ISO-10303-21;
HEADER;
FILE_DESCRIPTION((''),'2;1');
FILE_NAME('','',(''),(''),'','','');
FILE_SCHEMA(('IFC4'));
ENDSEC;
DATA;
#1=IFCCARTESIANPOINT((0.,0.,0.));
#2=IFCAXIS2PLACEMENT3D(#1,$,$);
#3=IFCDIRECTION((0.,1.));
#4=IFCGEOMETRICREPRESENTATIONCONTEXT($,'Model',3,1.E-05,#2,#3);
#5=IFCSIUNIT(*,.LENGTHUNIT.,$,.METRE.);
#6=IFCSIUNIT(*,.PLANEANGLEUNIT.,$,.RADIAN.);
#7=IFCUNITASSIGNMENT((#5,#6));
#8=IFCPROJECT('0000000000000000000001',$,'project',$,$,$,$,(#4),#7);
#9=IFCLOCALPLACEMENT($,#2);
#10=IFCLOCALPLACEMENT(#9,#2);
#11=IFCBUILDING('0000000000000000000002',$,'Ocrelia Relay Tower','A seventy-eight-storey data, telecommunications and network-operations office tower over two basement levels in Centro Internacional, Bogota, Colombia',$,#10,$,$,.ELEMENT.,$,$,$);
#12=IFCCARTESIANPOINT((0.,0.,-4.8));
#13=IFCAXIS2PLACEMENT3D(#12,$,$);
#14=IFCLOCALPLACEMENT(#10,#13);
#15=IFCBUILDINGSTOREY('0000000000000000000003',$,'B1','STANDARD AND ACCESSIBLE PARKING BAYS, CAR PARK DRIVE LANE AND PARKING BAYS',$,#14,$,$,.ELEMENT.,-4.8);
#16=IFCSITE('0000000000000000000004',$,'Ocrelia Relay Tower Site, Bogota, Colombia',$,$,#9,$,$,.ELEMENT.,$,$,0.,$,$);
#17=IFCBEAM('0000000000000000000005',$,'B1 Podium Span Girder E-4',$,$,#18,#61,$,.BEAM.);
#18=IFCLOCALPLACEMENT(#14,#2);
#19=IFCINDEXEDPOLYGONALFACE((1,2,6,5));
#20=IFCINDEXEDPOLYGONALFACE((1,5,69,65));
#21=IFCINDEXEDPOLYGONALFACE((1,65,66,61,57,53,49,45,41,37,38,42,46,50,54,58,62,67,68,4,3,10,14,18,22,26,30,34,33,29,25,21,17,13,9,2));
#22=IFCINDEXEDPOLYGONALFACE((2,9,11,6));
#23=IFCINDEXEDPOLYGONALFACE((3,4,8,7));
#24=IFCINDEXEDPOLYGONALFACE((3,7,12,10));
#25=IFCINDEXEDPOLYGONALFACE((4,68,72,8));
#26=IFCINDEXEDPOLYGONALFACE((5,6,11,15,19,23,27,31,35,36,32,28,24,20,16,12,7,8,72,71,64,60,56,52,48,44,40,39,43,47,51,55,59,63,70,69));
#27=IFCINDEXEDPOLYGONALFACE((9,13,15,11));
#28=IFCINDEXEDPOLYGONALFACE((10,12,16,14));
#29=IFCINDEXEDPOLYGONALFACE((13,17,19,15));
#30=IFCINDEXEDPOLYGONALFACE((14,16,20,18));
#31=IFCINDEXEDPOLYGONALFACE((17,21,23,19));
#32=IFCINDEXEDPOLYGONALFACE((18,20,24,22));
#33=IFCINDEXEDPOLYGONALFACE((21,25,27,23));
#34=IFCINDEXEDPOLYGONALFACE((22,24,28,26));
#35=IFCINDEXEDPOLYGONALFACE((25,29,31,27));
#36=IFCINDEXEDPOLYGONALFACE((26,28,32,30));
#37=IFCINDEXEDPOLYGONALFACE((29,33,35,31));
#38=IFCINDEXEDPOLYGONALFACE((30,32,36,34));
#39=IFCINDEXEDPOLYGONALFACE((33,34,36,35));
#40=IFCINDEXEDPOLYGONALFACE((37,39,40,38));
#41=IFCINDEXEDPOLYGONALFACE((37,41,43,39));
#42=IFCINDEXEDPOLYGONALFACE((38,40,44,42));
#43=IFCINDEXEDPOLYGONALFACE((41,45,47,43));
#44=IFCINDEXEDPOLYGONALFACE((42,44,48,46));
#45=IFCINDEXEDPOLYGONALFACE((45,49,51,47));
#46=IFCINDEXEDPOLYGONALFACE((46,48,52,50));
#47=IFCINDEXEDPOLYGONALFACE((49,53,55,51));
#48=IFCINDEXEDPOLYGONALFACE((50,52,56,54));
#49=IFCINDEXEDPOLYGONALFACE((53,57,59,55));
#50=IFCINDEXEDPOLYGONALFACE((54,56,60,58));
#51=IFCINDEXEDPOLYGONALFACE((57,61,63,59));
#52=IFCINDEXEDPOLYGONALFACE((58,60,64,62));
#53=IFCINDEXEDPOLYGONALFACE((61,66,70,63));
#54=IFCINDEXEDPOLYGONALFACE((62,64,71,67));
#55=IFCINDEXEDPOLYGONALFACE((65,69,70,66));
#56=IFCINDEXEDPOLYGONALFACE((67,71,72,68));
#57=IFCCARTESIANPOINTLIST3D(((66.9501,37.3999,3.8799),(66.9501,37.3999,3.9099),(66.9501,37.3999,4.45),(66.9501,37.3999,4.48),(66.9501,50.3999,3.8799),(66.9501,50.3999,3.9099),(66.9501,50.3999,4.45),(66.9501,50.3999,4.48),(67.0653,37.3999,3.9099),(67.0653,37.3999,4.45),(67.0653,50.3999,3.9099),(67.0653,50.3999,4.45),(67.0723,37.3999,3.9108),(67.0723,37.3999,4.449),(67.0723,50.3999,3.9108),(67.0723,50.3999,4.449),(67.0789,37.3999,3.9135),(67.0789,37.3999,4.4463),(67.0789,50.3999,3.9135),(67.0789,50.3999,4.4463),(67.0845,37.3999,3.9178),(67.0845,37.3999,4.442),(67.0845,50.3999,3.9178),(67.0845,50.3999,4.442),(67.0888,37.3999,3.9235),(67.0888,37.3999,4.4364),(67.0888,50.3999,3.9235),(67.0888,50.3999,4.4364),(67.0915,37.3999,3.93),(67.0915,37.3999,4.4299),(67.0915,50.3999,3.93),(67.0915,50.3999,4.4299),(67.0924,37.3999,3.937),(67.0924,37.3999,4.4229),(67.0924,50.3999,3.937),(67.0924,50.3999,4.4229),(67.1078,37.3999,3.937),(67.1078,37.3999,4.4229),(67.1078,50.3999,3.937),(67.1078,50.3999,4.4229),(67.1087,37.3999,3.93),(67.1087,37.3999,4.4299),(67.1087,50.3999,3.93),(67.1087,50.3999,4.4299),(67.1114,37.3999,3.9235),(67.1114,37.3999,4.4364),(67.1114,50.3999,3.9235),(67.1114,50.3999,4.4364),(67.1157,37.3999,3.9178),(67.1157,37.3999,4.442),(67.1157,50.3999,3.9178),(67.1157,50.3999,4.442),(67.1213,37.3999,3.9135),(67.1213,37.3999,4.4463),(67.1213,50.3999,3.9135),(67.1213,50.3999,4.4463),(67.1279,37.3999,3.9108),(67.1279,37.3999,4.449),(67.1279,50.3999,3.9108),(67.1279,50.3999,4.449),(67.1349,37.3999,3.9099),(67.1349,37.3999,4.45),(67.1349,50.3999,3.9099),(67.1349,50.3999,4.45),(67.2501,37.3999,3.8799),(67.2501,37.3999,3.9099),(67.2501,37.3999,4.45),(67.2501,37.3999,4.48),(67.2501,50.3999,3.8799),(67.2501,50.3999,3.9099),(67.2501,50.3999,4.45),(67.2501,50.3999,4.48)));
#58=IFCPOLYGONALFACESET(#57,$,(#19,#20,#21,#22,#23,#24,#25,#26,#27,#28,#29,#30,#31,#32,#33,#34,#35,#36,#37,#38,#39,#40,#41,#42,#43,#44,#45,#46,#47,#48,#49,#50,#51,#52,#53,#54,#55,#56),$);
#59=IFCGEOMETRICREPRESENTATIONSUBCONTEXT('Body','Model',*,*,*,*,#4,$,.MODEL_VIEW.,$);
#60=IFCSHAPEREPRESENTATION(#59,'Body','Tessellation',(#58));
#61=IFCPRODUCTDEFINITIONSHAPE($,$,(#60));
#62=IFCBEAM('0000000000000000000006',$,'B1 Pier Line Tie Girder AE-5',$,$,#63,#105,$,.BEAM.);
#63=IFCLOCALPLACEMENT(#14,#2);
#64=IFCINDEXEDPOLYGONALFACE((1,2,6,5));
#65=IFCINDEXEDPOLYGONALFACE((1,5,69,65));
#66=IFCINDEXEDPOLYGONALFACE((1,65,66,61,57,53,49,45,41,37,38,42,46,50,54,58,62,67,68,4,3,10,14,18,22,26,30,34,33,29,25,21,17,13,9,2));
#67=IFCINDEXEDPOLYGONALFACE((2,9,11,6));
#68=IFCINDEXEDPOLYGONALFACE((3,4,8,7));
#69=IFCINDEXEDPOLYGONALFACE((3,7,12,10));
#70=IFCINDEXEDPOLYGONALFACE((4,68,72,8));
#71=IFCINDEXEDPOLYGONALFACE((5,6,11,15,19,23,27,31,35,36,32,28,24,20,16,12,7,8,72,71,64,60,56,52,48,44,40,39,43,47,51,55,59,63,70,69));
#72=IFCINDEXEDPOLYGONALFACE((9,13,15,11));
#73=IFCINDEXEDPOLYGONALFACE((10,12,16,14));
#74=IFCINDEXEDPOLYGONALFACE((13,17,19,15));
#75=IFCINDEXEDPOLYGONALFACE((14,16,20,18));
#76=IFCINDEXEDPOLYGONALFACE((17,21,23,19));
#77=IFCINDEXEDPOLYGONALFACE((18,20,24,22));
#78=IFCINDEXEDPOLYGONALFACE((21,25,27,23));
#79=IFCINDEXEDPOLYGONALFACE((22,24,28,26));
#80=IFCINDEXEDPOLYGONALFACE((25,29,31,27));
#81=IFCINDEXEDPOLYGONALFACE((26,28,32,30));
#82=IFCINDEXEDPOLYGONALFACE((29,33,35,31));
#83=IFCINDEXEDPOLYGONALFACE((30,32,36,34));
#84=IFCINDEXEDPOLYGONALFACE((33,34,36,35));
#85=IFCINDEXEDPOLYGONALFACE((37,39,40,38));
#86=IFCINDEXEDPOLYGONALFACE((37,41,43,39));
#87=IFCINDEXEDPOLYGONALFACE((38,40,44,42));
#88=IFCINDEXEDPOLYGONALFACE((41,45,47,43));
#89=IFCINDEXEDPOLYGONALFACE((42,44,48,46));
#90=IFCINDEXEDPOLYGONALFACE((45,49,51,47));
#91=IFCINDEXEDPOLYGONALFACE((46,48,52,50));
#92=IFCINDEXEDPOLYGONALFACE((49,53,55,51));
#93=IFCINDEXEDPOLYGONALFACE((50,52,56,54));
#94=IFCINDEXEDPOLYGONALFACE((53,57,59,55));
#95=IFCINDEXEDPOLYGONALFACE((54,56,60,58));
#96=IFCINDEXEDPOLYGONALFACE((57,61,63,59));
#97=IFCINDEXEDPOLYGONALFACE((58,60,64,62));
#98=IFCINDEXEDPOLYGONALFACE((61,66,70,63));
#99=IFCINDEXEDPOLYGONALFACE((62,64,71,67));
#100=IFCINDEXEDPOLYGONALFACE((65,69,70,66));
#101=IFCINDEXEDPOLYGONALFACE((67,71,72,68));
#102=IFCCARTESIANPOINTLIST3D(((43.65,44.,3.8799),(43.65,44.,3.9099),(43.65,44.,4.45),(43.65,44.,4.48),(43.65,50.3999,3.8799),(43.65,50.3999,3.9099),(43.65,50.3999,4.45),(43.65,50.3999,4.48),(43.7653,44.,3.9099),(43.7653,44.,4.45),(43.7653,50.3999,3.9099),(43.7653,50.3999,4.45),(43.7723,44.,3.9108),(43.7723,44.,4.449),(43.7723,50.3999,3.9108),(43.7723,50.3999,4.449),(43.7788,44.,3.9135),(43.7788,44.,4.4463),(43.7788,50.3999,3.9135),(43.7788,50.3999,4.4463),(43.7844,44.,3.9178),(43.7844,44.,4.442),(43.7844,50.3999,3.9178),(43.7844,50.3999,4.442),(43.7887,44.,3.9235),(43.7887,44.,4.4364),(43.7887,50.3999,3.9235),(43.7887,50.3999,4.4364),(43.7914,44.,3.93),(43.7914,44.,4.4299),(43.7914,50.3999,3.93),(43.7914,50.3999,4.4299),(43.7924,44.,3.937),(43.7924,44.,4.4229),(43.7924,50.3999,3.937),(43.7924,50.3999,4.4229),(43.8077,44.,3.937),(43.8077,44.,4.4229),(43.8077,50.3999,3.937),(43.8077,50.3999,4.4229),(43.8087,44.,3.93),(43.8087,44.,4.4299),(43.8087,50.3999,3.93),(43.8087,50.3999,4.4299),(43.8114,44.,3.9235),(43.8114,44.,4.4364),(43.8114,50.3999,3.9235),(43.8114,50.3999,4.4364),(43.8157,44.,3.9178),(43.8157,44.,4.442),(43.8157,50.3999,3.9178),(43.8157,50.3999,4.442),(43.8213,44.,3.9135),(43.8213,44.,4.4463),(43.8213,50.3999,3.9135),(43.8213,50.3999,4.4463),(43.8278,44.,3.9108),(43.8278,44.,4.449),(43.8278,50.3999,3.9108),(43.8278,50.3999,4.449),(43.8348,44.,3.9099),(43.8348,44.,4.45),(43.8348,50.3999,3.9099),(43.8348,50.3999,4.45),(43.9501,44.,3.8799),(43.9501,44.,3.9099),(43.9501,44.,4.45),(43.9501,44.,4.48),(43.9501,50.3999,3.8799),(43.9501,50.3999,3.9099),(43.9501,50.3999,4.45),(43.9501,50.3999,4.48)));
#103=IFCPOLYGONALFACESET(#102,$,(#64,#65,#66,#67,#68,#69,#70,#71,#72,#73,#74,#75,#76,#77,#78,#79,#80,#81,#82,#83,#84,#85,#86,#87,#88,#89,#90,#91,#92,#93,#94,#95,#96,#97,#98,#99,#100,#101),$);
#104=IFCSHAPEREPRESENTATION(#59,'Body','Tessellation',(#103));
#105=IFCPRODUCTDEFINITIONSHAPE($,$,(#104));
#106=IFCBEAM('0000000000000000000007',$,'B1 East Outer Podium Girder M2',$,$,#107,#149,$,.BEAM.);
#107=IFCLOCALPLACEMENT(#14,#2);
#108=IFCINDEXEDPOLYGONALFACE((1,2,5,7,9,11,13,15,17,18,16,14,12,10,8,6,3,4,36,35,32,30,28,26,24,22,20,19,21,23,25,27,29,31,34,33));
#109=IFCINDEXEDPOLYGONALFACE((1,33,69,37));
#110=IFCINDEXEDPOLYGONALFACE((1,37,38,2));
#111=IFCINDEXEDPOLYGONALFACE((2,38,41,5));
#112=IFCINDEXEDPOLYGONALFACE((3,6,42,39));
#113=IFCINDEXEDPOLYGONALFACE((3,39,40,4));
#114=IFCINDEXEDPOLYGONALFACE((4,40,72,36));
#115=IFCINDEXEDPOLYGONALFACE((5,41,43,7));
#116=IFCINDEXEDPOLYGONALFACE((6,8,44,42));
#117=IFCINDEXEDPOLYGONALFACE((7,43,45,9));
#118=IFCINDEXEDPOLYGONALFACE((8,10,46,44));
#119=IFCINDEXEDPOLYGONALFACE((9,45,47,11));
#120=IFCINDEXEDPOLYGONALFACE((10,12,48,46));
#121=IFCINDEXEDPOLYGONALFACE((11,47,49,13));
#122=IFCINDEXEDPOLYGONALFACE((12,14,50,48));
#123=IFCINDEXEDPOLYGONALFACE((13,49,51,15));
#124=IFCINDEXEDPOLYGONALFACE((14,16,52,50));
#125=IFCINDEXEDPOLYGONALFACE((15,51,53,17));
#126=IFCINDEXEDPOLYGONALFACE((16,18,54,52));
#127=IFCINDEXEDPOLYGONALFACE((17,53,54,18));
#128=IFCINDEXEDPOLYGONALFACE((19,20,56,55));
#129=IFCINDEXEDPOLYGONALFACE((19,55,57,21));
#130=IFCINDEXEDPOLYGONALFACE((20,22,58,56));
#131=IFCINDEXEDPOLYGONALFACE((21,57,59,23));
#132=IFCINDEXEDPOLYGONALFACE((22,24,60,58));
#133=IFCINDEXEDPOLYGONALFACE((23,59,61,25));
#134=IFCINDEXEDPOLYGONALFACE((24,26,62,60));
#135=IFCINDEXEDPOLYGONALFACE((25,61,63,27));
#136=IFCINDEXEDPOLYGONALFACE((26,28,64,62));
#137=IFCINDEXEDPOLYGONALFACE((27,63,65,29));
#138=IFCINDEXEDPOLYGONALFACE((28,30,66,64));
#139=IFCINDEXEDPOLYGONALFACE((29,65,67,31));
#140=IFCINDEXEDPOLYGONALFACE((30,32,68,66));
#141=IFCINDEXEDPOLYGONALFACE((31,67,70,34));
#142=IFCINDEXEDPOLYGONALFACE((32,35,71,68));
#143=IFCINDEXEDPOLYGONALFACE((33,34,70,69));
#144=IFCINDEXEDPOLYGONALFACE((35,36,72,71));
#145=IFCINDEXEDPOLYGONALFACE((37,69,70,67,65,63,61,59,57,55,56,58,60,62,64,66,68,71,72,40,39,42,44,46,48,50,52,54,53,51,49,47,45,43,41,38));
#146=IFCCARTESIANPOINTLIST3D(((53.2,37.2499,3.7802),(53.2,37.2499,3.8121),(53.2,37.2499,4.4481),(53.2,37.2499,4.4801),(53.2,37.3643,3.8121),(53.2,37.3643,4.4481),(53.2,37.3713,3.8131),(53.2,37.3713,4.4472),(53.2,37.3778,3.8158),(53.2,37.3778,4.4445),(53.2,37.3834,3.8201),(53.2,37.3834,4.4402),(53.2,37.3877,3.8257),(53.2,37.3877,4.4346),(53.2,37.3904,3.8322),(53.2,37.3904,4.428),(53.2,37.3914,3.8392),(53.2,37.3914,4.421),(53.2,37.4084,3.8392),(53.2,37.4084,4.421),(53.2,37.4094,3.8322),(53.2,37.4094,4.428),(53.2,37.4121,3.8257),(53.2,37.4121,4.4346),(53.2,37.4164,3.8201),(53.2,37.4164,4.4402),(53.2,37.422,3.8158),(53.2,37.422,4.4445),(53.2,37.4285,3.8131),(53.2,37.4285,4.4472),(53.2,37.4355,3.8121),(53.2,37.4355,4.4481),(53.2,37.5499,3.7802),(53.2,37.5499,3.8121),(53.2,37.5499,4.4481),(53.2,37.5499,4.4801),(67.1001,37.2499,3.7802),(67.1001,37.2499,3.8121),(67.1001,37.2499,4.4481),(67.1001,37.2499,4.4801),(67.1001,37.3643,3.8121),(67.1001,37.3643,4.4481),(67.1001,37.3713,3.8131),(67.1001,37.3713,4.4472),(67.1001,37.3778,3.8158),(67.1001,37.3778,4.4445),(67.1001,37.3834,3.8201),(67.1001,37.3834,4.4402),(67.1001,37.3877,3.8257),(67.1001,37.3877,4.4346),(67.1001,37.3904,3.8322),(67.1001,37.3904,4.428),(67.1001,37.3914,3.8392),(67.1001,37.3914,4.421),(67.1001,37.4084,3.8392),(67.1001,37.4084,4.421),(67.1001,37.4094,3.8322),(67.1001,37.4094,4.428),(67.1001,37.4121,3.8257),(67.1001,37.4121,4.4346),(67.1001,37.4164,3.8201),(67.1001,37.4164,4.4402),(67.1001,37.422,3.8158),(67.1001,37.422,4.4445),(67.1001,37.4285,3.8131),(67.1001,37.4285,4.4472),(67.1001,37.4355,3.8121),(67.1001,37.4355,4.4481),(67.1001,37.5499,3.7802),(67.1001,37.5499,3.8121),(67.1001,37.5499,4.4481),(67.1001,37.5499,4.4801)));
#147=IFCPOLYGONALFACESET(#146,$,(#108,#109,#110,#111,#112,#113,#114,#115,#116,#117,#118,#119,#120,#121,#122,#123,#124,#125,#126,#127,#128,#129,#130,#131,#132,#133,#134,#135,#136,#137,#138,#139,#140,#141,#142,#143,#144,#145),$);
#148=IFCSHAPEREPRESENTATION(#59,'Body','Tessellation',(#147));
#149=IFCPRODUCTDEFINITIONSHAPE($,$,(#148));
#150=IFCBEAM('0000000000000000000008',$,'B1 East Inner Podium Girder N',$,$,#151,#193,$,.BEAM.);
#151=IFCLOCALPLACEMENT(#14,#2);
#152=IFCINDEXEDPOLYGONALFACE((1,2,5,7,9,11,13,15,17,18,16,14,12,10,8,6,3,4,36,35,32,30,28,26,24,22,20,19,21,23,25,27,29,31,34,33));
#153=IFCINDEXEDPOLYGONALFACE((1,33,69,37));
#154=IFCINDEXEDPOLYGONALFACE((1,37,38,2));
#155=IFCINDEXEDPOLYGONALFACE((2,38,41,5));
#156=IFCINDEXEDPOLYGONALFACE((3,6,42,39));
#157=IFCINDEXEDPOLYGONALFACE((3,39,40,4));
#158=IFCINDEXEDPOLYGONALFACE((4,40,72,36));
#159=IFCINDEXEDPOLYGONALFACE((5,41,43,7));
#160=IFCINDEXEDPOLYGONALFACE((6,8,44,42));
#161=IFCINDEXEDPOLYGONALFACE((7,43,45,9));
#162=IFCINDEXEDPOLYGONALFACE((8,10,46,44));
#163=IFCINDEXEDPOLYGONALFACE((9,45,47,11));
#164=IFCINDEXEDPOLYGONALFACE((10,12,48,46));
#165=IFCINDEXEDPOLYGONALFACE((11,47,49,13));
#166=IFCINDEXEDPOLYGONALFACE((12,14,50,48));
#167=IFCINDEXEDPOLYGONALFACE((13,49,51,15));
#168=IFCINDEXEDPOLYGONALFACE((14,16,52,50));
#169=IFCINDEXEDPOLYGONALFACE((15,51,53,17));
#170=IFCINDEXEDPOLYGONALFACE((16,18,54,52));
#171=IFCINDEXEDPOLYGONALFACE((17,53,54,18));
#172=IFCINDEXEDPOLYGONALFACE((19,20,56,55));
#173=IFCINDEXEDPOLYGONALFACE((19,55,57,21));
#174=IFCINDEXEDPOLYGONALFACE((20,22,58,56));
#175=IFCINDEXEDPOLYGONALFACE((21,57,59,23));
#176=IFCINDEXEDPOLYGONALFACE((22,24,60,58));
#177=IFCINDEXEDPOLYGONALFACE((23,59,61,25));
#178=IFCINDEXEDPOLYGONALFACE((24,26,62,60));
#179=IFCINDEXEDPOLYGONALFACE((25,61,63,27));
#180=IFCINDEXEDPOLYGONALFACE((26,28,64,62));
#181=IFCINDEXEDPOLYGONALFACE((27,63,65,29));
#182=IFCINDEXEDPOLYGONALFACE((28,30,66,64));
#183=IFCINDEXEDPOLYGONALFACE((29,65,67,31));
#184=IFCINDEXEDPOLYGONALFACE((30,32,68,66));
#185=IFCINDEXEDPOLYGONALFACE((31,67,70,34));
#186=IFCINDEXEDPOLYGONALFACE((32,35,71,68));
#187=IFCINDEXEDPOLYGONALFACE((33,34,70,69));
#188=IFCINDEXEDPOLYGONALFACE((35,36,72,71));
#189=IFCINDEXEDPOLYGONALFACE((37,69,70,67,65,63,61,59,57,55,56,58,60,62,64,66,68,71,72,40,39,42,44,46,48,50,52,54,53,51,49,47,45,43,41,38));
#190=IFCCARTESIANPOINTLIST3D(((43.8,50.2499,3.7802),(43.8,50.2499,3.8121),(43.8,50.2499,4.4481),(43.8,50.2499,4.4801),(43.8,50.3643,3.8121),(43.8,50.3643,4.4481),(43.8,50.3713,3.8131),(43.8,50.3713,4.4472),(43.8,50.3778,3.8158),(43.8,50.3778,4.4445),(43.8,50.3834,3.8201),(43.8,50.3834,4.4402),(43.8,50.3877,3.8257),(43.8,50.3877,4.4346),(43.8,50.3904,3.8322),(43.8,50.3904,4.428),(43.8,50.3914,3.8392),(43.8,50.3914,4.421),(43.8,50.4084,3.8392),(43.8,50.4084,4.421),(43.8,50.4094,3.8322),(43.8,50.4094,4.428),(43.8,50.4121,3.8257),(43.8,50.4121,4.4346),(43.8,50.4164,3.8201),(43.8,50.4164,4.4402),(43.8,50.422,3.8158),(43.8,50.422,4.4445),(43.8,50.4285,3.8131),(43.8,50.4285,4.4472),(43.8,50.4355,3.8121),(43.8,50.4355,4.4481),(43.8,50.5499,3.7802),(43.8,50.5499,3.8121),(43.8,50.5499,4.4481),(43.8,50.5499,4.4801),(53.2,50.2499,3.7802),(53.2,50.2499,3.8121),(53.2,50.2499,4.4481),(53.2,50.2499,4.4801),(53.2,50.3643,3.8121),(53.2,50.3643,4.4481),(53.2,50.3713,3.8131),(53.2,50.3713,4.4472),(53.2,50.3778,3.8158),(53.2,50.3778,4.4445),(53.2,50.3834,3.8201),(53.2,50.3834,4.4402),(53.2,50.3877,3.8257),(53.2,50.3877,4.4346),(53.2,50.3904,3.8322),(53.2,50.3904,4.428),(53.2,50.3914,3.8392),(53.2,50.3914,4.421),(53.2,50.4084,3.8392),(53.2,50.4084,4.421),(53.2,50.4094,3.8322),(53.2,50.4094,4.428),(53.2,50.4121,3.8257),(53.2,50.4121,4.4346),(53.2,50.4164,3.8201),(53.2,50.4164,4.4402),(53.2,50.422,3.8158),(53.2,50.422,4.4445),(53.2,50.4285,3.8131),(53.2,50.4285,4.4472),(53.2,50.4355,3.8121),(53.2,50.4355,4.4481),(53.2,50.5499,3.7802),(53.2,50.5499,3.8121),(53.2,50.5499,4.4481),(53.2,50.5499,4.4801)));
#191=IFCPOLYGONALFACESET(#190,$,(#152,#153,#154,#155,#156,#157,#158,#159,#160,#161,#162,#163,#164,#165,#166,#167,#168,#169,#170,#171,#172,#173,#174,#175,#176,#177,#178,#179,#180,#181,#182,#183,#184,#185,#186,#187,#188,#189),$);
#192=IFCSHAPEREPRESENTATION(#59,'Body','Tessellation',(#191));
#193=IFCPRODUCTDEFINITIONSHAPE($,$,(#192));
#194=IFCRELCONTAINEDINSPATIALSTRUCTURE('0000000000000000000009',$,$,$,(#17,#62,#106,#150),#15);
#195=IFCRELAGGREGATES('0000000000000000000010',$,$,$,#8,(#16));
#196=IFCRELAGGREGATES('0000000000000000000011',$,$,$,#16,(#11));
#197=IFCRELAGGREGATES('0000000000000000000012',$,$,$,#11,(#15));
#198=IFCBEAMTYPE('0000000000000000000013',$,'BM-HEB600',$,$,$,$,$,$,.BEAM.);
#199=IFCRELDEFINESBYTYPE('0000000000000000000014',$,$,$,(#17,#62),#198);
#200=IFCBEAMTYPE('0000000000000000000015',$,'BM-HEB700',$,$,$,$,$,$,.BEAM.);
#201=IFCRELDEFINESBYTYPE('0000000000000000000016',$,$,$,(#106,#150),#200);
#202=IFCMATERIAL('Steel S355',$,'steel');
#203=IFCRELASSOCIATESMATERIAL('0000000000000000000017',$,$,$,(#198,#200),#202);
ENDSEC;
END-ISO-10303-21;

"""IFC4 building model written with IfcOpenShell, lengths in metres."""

from ifc_helpers import new_model, si_unit, direction, frame, origin, origin_2d, place, context, subcontext, project, spatial, i_section, extrude, material, material_profile, profile_set, type_object, element, save


model = new_model("IFC4")

# Units and contexts
model_context = context("Model", 3, precision=1e-05, world=origin(), true_north=direction((0.0, 1.0)))
body_context = subcontext(model_context, "Body", "Model", "MODEL_VIEW")
ifc_project = project(units=[si_unit("LENGTHUNIT", "METRE"), si_unit("PLANEANGLEUNIT", "RADIAN")], contexts=[model_context])

# Site, building, storey
site_placement = place(None, origin())
site = spatial("IfcSite", under=ifc_project, at=site_placement, Name="Ocrelia Relay Tower Site, Bogota, Colombia", CompositionType="ELEMENT", RefElevation=0.0)
building_placement = place(site_placement, origin())
building = spatial("IfcBuilding", under=site, at=building_placement, Name="Ocrelia Relay Tower", Description="A seventy-eight-storey data, telecommunications and network-operations office tower over two basement levels in Centro Internacional, Bogota, Colombia", CompositionType="ELEMENT")
storey_placement = place(building_placement, frame((0.0, 0.0, -4.8)))
storey = spatial("IfcBuildingStorey", under=building, at=storey_placement, Name="B1", Description="STANDARD AND ACCESSIBLE PARKING BAYS, CAR PARK DRIVE LANE AND PARKING BAYS", CompositionType="ELEMENT", Elevation=-4.8)

# Beams
ifc_material_1 = material(Name="Steel S355", Category="steel")
ifc_material_profile_1 = material_profile(ifc_material_1, i_section(OverallWidth=0.3, OverallDepth=0.6001, WebThickness=0.0154, FlangeThickness=0.03, FilletRadius=0.0271, at=origin_2d()), Name="HEB 600")
ifc_profile_set_1 = profile_set([ifc_material_profile_1], Name="Steel S355")
beam_type_1 = type_object("IfcBeamType", Name="BM-HEB600", PredefinedType="BEAM", material=ifc_profile_set_1)
beam_1_placement = place(storey_placement, frame((67.1001, 37.3999, 4.1799), z_axis=(0.0, 1.0, 0.0), x_axis=(-1.0, 0.0, 0.0)))
element("IfcBeam", 1, at=beam_1_placement, inside=storey, type_object=beam_type_1, Name="B1 Podium Span Girder E-4", PredefinedType="BEAM", context=body_context, shape_type="SweptSolid", body=[
    extrude(i_section(OverallWidth=0.3, OverallDepth=0.6001, WebThickness=0.0154, FlangeThickness=0.03, FilletRadius=0.0271, at=origin_2d()), origin(), (0.0, 0.0, 1.0), 13.0),
])
beam_2_placement = place(storey_placement, frame((43.8, 44.0, 4.1799), z_axis=(0.0, 1.0, 0.0), x_axis=(-1.0, 0.0, 0.0)))
element("IfcBeam", 2, at=beam_2_placement, inside=storey, type_object=beam_type_1, Name="B1 Pier Line Tie Girder AE-5", PredefinedType="BEAM", context=body_context, shape_type="SweptSolid", body=[
    extrude(i_section(OverallWidth=0.3, OverallDepth=0.6001, WebThickness=0.0154, FlangeThickness=0.03, FilletRadius=0.0271, at=origin_2d()), origin(), (0.0, 0.0, 1.0), 6.3999),
])
ifc_material_profile_2 = material_profile(ifc_material_1, i_section(OverallWidth=0.3, OverallDepth=0.7, WebThickness=0.0171, FlangeThickness=0.032, FilletRadius=0.0271, at=origin_2d()), Name="HEB 700")
ifc_profile_set_2 = profile_set([ifc_material_profile_2], Name="Steel S355")
beam_type_2 = type_object("IfcBeamType", Name="BM-HEB700", PredefinedType="BEAM", material=ifc_profile_set_2)
beam_3_placement = place(storey_placement, frame((53.2, 37.3999, 4.1301), z_axis=(1.0, 0.0, 0.0), x_axis=(0.0, 1.0, 0.0)))
element("IfcBeam", 3, at=beam_3_placement, inside=storey, type_object=beam_type_2, Name="B1 East Outer Podium Girder M2", PredefinedType="BEAM", context=body_context, shape_type="SweptSolid", body=[
    extrude(i_section(OverallWidth=0.3, OverallDepth=0.7, WebThickness=0.0171, FlangeThickness=0.032, FilletRadius=0.0271, at=origin_2d()), origin(), (0.0, 0.0, 1.0), 13.9001),
])
beam_4_placement = place(storey_placement, frame((43.8, 50.3999, 4.1301), z_axis=(1.0, 0.0, 0.0), x_axis=(0.0, 1.0, 0.0)))
element("IfcBeam", 4, at=beam_4_placement, inside=storey, type_object=beam_type_2, Name="B1 East Inner Podium Girder N", PredefinedType="BEAM", context=body_context, shape_type="SweptSolid", body=[
    extrude(i_section(OverallWidth=0.3, OverallDepth=0.7, WebThickness=0.0171, FlangeThickness=0.032, FilletRadius=0.0271, at=origin_2d()), origin(), (0.0, 0.0, 1.0), 9.3999),
])

save(model, "model.ifc")
